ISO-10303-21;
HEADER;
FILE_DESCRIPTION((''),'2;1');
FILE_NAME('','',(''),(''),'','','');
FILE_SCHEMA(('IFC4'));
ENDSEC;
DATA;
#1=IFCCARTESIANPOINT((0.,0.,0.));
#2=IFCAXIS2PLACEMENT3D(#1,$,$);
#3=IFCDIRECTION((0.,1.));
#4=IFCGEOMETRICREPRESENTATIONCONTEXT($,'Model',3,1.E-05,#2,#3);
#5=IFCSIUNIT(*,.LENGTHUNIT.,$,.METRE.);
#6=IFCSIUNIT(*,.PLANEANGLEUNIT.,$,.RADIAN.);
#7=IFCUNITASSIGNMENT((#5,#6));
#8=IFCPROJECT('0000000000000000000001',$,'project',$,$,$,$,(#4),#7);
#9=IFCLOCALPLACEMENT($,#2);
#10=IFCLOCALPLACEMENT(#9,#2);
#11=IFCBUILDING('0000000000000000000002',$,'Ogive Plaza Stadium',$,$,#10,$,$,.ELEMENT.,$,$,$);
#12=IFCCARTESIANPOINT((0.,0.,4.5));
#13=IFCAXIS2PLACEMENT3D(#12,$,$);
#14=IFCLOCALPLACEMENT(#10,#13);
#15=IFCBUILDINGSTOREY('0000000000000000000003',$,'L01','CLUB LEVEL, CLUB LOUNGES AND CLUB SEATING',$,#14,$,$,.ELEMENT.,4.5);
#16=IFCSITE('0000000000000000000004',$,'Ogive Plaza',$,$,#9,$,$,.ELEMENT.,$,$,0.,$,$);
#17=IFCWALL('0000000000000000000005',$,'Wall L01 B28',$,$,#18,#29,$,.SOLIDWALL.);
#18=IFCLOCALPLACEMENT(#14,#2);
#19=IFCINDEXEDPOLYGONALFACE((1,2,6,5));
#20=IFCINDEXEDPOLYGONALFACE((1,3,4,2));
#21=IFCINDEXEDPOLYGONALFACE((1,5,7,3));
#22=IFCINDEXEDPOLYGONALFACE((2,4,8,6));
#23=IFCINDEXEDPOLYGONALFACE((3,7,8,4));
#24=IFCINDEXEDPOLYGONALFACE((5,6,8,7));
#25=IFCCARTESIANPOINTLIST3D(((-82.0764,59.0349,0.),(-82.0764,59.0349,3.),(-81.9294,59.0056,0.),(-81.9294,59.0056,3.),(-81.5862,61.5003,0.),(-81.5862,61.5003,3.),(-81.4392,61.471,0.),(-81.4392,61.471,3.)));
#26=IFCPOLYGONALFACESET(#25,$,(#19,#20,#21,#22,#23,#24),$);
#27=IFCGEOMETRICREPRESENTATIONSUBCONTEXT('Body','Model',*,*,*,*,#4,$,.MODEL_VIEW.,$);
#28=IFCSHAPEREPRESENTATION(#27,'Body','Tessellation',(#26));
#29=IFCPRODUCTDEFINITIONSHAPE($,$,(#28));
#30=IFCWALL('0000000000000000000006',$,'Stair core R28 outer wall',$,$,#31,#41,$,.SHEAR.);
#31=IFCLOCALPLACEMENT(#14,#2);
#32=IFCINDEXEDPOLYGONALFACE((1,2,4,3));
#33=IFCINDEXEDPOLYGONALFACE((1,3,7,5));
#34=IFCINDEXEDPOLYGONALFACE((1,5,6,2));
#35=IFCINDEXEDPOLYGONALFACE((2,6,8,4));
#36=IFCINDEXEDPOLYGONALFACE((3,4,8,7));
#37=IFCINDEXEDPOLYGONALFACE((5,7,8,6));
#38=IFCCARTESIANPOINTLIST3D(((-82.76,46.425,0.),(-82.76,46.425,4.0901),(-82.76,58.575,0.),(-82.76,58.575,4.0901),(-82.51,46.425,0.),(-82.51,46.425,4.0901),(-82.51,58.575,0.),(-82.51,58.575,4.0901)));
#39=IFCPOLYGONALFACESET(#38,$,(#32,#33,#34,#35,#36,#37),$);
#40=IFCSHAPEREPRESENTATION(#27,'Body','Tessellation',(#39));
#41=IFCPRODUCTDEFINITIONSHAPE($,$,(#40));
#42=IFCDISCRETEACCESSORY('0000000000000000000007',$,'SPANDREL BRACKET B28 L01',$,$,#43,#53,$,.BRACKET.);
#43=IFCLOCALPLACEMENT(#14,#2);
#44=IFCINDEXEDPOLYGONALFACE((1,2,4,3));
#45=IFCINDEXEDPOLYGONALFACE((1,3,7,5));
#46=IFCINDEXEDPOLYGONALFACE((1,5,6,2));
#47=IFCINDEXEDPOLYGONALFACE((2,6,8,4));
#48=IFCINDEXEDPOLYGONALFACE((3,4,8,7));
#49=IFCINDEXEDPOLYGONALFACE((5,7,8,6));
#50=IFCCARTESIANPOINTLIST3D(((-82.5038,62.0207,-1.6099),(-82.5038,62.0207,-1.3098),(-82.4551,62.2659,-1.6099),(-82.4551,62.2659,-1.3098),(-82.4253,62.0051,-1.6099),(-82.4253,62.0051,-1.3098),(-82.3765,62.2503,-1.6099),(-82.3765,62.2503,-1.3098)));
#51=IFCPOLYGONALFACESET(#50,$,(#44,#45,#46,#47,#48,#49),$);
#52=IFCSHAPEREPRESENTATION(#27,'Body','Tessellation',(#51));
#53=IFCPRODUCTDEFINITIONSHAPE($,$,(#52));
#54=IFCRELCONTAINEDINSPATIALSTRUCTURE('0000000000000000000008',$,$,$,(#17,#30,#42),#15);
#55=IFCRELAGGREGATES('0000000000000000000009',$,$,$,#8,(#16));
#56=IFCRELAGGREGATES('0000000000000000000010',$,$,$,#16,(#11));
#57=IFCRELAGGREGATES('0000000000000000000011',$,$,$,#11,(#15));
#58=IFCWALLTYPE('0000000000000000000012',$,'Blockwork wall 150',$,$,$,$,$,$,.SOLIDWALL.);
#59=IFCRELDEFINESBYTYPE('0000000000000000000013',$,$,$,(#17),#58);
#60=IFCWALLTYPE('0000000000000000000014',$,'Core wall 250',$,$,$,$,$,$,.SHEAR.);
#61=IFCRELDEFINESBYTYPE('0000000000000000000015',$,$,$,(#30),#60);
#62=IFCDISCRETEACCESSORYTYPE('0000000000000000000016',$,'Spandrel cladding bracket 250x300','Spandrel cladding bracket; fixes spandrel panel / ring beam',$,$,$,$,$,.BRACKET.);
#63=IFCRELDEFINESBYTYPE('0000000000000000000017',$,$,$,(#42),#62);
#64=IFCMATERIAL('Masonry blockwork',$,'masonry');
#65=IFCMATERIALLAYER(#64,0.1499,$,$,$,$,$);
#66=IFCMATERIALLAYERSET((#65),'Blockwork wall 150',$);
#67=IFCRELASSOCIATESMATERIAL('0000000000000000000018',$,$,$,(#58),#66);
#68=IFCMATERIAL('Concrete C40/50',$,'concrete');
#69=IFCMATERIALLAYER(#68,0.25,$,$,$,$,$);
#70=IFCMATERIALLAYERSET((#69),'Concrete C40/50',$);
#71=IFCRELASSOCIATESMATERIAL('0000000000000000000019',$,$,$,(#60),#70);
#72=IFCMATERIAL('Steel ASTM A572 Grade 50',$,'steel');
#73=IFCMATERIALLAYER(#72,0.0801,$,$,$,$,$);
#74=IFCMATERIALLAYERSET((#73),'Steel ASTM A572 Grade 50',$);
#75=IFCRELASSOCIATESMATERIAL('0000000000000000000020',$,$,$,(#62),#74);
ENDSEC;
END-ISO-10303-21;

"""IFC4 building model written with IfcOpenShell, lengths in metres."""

from ifc_helpers import new_model, si_unit, direction, frame, frame_2d, origin, origin_2d, place, context, subcontext, project, spatial, rectangle, extrude, material, layer, layer_set, type_object, element, save


model = new_model("IFC4")

# Units and contexts
model_context = context("Model", 3, precision=1e-05, world=origin(), true_north=direction((0.0, 1.0)))
body_context = subcontext(model_context, "Body", "Model", "MODEL_VIEW")
ifc_project = project(units=[si_unit("LENGTHUNIT", "METRE"), si_unit("PLANEANGLEUNIT", "RADIAN")], contexts=[model_context])

# Site, building, storey
site_placement = place(None, origin())
site = spatial("IfcSite", under=ifc_project, at=site_placement, Name="Ogive Plaza", CompositionType="ELEMENT", RefElevation=0.0)
building_placement = place(site_placement, origin())
building = spatial("IfcBuilding", under=site, at=building_placement, Name="Ogive Plaza Stadium", CompositionType="ELEMENT")
storey_placement = place(building_placement, frame((0.0, 0.0, 4.5)))
storey = spatial("IfcBuildingStorey", under=building, at=storey_placement, Name="L01", Description="CLUB LEVEL, CLUB LOUNGES AND CLUB SEATING", CompositionType="ELEMENT", Elevation=4.5)

# Walls
ifc_material_1 = material(Name="Masonry blockwork", Category="masonry")
ifc_layer_1 = layer(ifc_material_1, 0.1499)
ifc_layer_set_1 = layer_set([ifc_layer_1], Name="Blockwork wall 150")
wall_type_1 = type_object("IfcWallType", Name="Blockwork wall 150", PredefinedType="SOLIDWALL", material=ifc_layer_set_1)
wall_1_placement = place(storey_placement, frame((-82.0029, 59.0203, 0.0), z_axis=(0.0, 0.0, 1.0), x_axis=(0.195033, 0.980797, 0.0)))
element("IfcWall", 1, at=wall_1_placement, inside=storey, type_object=wall_type_1, Name="Wall L01 B28", PredefinedType="SOLIDWALL", context=body_context, shape_type="SweptSolid", body=[
    extrude(rectangle(XDim=2.5137, YDim=0.1499, at=frame_2d((1.2568, 0.0))), origin(), (0.0, 0.0, 1.0), 3.0),
])
ifc_material_2 = material(Name="Concrete C40/50", Category="concrete")
ifc_layer_2 = layer(ifc_material_2, 0.25)
ifc_layer_set_2 = layer_set([ifc_layer_2], Name="Concrete C40/50")
wall_type_2 = type_object("IfcWallType", Name="Core wall 250", PredefinedType="SHEAR", material=ifc_layer_set_2)
wall_2_placement = place(storey_placement, frame((-82.635, 58.575, 0.0), z_axis=(0.0, 0.0, 1.0), x_axis=(0.0, -1.0, 0.0)))
element("IfcWall", 2, at=wall_2_placement, inside=storey, type_object=wall_type_2, Name="Stair core R28 outer wall", PredefinedType="SHEAR", context=body_context, shape_type="SweptSolid", body=[
    extrude(rectangle(XDim=12.1499, YDim=0.25, at=frame_2d((6.075, 0.0))), origin(), (0.0, 0.0, 1.0), 4.0901),
])

# Discrete accessory
ifc_material_3 = material(Name="Steel ASTM A572 Grade 50", Category="steel")
ifc_layer_3 = layer(ifc_material_3, 0.0801)
ifc_layer_set_3 = layer_set([ifc_layer_3], Name="Steel ASTM A572 Grade 50")
discrete_accessory_type = type_object("IfcDiscreteAccessoryType", Name="Spandrel cladding bracket 250x300", Description="Spandrel cladding bracket; fixes spandrel panel / ring beam", PredefinedType="BRACKET", material=ifc_layer_set_3)
discrete_accessory_placement = place(storey_placement, frame((-82.4402, 62.1355, -1.6099), z_axis=(0.0, 0.0, 1.0), x_axis=(0.19509, 0.980785, 0.0)))
element("IfcDiscreteAccessory", 3, at=discrete_accessory_placement, inside=storey, type_object=discrete_accessory_type, Name="SPANDREL BRACKET B28 L01", PredefinedType="BRACKET", context=body_context, shape_type="SweptSolid", body=[
    extrude(rectangle(XDim=0.25, YDim=0.0801, at=origin_2d()), origin(), (0.0, 0.0, 1.0), 0.3),
])

save(model, "model.ifc")
